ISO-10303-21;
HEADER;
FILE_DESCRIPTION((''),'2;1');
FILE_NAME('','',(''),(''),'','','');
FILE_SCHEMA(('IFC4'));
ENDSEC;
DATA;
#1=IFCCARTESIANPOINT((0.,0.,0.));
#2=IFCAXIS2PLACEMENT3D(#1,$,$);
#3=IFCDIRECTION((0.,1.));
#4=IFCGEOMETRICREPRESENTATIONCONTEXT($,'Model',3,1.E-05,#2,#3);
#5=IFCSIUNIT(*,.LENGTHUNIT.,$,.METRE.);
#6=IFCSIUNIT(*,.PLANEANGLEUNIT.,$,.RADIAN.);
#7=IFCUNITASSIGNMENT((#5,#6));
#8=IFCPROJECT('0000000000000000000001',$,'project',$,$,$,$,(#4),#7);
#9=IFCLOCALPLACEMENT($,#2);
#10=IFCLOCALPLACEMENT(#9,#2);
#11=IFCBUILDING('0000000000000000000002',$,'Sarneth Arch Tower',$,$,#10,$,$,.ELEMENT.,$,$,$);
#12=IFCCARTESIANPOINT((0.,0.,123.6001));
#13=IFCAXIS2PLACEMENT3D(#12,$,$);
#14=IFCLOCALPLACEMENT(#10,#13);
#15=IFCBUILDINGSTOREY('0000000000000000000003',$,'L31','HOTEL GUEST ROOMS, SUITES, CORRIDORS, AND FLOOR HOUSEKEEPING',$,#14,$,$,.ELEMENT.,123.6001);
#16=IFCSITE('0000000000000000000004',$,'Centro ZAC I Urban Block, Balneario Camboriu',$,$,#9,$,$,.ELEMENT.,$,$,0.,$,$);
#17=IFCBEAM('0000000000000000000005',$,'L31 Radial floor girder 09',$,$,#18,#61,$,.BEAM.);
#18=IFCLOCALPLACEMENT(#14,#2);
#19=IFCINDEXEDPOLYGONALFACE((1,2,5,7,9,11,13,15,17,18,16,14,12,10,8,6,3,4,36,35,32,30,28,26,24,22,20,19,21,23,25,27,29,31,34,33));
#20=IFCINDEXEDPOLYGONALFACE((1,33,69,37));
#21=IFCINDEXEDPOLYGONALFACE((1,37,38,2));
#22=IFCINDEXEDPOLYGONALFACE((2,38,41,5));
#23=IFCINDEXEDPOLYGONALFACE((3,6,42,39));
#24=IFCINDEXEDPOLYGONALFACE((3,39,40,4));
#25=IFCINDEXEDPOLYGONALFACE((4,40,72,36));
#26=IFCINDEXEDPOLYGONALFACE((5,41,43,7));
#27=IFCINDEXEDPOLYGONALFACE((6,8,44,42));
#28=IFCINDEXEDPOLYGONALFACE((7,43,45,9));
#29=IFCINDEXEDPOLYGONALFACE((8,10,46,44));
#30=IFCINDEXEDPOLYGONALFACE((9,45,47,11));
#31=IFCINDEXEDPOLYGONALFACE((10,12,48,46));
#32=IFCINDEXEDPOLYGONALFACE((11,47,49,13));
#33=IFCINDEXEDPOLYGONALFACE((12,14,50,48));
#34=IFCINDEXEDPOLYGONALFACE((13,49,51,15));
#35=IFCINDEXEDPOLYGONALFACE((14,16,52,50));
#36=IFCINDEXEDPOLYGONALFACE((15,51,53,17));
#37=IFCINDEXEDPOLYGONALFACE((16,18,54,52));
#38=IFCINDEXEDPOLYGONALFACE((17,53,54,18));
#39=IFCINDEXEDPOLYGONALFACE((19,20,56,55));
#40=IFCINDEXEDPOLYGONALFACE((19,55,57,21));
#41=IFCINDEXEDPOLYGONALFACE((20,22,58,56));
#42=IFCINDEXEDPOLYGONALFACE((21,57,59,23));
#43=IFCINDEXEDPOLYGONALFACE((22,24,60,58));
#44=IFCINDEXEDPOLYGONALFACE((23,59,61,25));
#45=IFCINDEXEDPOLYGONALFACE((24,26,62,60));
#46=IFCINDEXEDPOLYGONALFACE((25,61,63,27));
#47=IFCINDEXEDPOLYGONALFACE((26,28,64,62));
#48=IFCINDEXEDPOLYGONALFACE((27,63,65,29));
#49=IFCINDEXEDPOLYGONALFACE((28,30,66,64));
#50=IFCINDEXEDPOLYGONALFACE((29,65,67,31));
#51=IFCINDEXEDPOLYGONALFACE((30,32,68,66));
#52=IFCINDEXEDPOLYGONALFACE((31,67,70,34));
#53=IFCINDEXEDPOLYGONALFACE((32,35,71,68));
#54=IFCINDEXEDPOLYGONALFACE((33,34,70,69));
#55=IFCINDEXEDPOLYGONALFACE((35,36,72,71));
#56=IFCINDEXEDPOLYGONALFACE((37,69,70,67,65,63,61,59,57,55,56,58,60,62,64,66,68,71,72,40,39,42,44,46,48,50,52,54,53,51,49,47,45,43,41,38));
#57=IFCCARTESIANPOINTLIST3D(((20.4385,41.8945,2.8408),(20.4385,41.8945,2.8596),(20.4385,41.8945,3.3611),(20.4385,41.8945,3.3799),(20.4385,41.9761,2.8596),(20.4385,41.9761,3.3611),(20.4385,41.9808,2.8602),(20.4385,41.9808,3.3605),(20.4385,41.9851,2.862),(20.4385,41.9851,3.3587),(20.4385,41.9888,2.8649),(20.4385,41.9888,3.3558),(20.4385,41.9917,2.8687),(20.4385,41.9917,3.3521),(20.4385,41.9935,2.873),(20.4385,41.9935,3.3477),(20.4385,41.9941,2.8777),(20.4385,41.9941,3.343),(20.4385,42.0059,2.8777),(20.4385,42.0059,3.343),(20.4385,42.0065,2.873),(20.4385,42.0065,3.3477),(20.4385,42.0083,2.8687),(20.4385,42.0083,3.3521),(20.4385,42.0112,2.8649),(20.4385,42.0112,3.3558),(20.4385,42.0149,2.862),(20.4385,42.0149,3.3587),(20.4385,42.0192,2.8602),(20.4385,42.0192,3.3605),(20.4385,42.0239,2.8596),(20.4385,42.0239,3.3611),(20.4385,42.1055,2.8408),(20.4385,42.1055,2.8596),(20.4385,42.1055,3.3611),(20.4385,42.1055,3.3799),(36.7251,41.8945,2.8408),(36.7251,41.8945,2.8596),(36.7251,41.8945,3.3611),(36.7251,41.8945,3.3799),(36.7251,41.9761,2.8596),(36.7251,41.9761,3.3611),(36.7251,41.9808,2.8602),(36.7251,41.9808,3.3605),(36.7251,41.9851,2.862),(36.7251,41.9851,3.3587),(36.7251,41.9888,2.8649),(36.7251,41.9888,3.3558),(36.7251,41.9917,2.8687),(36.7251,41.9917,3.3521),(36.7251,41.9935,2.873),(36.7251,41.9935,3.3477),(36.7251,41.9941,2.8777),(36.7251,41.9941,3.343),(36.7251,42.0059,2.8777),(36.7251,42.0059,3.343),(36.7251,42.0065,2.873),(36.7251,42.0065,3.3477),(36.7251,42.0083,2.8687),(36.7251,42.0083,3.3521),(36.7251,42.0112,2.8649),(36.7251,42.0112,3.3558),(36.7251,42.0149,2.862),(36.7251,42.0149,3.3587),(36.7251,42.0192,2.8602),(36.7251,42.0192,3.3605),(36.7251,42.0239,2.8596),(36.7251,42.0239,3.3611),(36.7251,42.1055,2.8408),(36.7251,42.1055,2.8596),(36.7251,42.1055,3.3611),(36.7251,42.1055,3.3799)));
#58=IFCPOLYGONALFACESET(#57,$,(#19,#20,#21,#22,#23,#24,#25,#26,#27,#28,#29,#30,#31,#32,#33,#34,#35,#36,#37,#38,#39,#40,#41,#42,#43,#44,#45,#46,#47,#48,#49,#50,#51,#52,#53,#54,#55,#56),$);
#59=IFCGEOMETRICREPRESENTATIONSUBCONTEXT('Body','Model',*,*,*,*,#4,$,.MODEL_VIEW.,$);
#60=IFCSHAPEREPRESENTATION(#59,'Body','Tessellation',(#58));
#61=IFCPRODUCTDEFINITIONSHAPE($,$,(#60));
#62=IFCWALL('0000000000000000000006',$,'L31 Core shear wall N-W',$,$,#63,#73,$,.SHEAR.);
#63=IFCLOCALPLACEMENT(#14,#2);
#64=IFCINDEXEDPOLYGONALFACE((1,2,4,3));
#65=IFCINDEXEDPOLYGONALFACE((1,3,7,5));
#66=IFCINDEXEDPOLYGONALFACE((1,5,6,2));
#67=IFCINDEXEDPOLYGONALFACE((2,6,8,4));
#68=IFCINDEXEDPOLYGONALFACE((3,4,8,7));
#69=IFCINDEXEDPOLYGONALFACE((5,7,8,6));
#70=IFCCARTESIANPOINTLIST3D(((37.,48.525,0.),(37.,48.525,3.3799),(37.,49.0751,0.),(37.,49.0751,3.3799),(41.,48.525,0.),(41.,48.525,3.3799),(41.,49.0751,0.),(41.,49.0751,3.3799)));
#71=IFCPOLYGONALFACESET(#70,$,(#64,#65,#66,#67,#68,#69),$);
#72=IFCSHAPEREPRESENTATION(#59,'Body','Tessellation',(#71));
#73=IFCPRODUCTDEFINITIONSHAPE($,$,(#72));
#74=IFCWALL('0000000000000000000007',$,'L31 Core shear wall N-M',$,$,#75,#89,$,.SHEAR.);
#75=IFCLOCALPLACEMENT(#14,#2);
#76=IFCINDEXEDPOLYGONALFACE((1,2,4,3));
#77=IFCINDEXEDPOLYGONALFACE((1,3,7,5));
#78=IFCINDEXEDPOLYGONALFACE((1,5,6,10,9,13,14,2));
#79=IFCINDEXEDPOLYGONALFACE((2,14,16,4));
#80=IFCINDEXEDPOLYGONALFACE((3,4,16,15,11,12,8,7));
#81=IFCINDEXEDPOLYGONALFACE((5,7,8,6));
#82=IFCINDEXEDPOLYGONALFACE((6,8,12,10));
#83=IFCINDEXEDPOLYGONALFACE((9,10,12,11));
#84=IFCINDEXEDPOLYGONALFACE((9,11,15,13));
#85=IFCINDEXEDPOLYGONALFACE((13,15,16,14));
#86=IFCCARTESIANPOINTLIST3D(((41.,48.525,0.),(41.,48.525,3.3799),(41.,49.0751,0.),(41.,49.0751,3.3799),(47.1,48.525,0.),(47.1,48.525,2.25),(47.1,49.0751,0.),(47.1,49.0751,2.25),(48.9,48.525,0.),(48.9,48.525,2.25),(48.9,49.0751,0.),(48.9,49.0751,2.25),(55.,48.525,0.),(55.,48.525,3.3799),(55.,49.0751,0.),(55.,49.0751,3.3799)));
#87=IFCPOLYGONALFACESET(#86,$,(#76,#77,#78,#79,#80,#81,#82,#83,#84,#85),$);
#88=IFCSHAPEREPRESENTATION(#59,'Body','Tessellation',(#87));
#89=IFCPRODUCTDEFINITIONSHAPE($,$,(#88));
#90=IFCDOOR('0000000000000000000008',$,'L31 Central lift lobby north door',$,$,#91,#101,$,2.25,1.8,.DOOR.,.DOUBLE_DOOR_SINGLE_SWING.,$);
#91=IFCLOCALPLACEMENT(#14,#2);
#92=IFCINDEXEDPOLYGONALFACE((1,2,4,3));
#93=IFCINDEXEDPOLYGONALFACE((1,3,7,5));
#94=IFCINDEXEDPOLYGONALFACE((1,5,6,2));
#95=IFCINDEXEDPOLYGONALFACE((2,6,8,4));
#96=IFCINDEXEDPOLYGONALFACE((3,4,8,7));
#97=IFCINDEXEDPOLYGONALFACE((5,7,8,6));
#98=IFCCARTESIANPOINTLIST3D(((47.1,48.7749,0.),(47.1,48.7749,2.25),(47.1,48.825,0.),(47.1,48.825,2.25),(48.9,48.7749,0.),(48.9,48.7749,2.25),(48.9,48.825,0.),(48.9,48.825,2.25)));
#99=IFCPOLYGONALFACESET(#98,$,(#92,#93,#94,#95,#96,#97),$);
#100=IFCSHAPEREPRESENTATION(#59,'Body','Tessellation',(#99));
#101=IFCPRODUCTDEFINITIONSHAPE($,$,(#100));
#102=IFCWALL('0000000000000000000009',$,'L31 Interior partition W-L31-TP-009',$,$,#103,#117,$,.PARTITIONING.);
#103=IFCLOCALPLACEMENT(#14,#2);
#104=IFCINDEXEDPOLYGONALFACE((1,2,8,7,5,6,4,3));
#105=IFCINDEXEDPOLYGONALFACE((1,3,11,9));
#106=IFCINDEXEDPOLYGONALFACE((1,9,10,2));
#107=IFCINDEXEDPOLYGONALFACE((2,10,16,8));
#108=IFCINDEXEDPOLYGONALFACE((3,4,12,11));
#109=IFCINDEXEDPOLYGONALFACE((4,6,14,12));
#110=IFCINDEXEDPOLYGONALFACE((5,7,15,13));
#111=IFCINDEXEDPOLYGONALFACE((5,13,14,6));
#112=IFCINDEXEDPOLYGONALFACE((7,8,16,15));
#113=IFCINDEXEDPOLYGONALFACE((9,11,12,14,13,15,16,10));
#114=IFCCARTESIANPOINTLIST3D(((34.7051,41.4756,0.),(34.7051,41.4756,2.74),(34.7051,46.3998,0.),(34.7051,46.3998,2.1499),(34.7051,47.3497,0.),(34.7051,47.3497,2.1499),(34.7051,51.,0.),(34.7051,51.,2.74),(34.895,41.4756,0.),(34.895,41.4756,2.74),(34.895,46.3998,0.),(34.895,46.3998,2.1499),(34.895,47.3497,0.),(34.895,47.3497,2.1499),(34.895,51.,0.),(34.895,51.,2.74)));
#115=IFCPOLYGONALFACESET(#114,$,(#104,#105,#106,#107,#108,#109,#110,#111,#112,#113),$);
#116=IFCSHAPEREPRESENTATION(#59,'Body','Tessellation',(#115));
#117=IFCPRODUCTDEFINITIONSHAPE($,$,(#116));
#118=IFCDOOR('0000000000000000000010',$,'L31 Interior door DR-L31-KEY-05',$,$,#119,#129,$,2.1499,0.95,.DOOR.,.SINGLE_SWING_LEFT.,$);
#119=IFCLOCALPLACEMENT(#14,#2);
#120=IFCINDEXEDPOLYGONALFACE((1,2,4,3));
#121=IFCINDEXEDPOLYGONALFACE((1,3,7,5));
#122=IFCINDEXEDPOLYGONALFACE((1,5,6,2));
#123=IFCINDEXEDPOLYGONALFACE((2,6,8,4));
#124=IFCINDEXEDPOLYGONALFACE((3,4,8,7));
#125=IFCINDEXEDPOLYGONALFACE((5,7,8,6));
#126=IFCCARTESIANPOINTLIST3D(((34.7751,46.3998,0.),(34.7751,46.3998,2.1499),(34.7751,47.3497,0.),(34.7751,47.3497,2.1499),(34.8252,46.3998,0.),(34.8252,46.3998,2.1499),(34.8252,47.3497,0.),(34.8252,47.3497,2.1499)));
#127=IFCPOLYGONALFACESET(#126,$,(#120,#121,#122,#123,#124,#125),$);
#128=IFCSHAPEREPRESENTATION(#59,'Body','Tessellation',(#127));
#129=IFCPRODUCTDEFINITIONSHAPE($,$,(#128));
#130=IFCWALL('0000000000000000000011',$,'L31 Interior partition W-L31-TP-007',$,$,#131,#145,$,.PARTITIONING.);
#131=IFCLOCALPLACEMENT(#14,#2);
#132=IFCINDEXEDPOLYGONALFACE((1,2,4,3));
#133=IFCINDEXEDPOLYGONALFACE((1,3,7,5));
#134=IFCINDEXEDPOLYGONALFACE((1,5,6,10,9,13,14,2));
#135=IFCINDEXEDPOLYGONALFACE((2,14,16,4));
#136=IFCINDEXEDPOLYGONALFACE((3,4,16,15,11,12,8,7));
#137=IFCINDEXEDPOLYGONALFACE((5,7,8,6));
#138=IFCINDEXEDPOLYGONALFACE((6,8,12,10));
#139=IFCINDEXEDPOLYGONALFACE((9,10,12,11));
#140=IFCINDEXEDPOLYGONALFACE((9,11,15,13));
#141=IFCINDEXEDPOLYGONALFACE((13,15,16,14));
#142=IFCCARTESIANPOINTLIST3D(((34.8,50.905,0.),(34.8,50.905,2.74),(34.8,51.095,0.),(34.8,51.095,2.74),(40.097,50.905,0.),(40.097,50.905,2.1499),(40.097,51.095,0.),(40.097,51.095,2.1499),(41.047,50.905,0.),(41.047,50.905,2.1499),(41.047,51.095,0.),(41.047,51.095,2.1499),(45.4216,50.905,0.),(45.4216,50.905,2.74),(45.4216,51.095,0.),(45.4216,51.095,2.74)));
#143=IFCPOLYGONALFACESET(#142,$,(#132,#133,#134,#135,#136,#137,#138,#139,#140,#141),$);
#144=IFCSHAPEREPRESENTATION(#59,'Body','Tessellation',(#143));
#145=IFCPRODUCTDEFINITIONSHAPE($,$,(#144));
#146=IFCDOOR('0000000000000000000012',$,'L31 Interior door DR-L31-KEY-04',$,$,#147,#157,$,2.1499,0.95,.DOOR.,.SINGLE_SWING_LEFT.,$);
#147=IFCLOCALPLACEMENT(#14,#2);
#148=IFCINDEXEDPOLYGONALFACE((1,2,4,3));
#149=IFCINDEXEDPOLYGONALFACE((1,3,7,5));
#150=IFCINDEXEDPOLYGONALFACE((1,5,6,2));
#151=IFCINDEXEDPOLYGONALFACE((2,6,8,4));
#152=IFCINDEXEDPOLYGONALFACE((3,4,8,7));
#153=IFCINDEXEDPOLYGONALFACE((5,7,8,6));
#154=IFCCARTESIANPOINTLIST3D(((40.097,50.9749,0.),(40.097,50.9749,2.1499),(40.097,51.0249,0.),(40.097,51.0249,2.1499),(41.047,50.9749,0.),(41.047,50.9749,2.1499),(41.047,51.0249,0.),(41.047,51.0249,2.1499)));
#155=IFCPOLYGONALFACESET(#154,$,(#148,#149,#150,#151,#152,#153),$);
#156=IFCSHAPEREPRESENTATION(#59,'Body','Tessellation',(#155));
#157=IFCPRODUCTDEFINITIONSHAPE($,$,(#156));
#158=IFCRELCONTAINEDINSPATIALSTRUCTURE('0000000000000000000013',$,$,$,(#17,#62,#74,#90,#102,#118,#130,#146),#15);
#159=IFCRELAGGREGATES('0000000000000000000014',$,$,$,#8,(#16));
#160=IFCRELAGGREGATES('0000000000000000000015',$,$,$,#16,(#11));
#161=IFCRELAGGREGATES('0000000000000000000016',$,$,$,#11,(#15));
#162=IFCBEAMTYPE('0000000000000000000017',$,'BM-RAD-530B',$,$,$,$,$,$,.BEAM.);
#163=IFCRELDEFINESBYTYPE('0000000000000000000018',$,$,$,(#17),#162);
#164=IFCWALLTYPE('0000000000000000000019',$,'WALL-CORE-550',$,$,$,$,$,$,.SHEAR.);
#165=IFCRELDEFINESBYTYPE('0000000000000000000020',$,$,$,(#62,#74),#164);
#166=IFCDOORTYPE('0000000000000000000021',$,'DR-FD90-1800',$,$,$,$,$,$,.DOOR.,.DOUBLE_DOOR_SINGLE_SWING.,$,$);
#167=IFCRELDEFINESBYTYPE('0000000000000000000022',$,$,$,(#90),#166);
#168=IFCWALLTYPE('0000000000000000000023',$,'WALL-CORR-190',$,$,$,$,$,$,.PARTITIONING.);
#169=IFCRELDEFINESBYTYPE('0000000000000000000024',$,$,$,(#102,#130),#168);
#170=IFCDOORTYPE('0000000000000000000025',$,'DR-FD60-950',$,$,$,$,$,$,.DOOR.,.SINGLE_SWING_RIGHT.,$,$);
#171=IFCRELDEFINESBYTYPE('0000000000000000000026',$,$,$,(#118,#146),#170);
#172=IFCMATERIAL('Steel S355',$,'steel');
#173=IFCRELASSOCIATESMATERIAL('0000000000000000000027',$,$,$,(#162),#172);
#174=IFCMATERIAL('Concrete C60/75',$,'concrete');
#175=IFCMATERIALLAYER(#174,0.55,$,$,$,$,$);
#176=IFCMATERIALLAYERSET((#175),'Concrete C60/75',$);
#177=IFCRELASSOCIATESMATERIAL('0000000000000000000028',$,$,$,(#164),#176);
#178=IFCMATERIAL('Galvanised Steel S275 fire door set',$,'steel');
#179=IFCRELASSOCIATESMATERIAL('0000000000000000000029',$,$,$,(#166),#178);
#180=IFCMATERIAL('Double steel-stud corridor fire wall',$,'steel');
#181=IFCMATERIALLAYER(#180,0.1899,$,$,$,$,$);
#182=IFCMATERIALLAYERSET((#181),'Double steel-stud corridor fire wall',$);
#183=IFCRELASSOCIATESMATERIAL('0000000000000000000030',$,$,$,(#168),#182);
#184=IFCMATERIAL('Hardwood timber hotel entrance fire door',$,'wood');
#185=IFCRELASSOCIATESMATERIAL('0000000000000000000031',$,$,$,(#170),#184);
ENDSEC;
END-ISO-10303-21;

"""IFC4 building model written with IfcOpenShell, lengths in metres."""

from ifc_helpers import new_model, si_unit, direction, frame, frame_2d, origin, origin_2d, place, context, subcontext, project, spatial, rectangle, i_section, extrude, material, layer, layer_set, material_profile, profile_set, type_object, element, fill, save


model = new_model("IFC4")

# Units and contexts
model_context = context("Model", 3, precision=1e-05, world=origin(), true_north=direction((0.0, 1.0)))
body_context = subcontext(model_context, "Body", "Model", "MODEL_VIEW")
ifc_project = project(units=[si_unit("LENGTHUNIT", "METRE"), si_unit("PLANEANGLEUNIT", "RADIAN")], contexts=[model_context])

# Site, building, storey
site_placement = place(None, origin())
site = spatial("IfcSite", under=ifc_project, at=site_placement, Name="Centro ZAC I Urban Block, Balneario Camboriu", CompositionType="ELEMENT", RefElevation=0.0)
building_placement = place(site_placement, origin())
building = spatial("IfcBuilding", under=site, at=building_placement, Name="Sarneth Arch Tower", CompositionType="ELEMENT")
storey_placement = place(building_placement, frame((0.0, 0.0, 123.6001)))
storey = spatial("IfcBuildingStorey", under=building, at=storey_placement, Name="L31", Description="HOTEL GUEST ROOMS, SUITES, CORRIDORS, AND FLOOR HOUSEKEEPING", CompositionType="ELEMENT", Elevation=123.6001)

# Beam
ifc_material_1 = material(Name="Steel S355", Category="steel")
ifc_material_profile = material_profile(ifc_material_1, i_section(OverallWidth=0.2109, OverallDepth=0.5391, WebThickness=0.0117, FlangeThickness=0.0188, FilletRadius=0.0181, at=origin_2d()), Name="W530x109")
ifc_profile_set = profile_set([ifc_material_profile], Name="Steel S355")
beam_type = type_object("IfcBeamType", Name="BM-RAD-530B", PredefinedType="BEAM", material=ifc_profile_set)
beam_1_placement = place(storey_placement, frame((36.7251, 42.0, 3.1104), z_axis=(-1.0, 0.0, 0.0), x_axis=(0.0, -1.0, 0.0)))
element("IfcBeam", 1, at=beam_1_placement, inside=storey, type_object=beam_type, Name="L31 Radial floor girder 09", PredefinedType="BEAM", context=body_context, shape_type="SweptSolid", body=[
    extrude(i_section(OverallWidth=0.2109, OverallDepth=0.5391, WebThickness=0.0117, FlangeThickness=0.0188, FilletRadius=0.0181, at=origin_2d()), origin(), (0.0, 0.0, 1.0), 16.2866),
])

# Wall
ifc_material_2 = material(Name="Concrete C60/75", Category="concrete")
ifc_layer_1 = layer(ifc_material_2, 0.55)
ifc_layer_set_1 = layer_set([ifc_layer_1], Name="Concrete C60/75")
wall_type_1 = type_object("IfcWallType", Name="WALL-CORE-550", PredefinedType="SHEAR", material=ifc_layer_set_1)
wall_1_placement = place(storey_placement, frame((37.0, 48.8, 0.0), z_axis=(0.0, 0.0, 1.0), x_axis=(1.0, 0.0, 0.0)))
element("IfcWall", 2, at=wall_1_placement, inside=storey, type_object=wall_type_1, Name="L31 Core shear wall N-W", PredefinedType="SHEAR", context=body_context, shape_type="SweptSolid", body=[
    extrude(rectangle(XDim=4.0, YDim=0.55, at=frame_2d((2.0, 0.0))), origin(), (0.0, 0.0, 1.0), 3.3799),
])

# Walls, openings, doors
wall_2_placement = place(storey_placement, frame((41.0, 48.8, 0.0), z_axis=(0.0, 0.0, 1.0), x_axis=(1.0, 0.0, 0.0)))
wall_2 = element("IfcWall", 3, at=wall_2_placement, inside=storey, type_object=wall_type_1, Name="L31 Core shear wall N-M", PredefinedType="SHEAR", context=body_context, shape_type="SweptSolid", body=[
    extrude(rectangle(XDim=14.0, YDim=0.55, at=frame_2d((7.0, 0.0))), origin(), (0.0, 0.0, 1.0), 3.3799),
])
opening_1_placement = place(wall_2_placement, frame((6.1001, 0.0, 0.0)))
opening_1 = element("IfcOpeningElement", 4, at=opening_1_placement, cuts=wall_2, PredefinedType="OPENING", context=body_context, shape_type="SweptSolid", body=[
    extrude(rectangle(XDim=1.8, YDim=2.25, at=frame_2d((0.8999, 1.125))), frame((0.0, 0.2849, 0.0), z_axis=(0.0, -1.0, 0.0), x_axis=(1.0, 0.0, 0.0)), (0.0, 0.0, 1.0), 0.5701),
])
ifc_material_3 = material(Name="Galvanised Steel S275 fire door set", Category="steel")
door_type_1 = type_object("IfcDoorType", Name="DR-FD90-1800", OperationType="DOUBLE_DOOR_SINGLE_SWING", PredefinedType="DOOR", material=ifc_material_3)
door_1_placement = place(opening_1_placement, origin())
door_1 = element("IfcDoor", 5, at=door_1_placement, inside=storey, type_object=door_type_1, Name="L31 Central lift lobby north door", OperationType="DOUBLE_DOOR_SINGLE_SWING", OverallHeight=2.25, OverallWidth=1.8, PredefinedType="DOOR", context=body_context, shape_type="SweptSolid", body=[
    extrude(rectangle(XDim=1.8, YDim=2.25, at=frame_2d((0.8999, 1.125))), frame((0.0, 0.0249, 0.0), z_axis=(0.0, -1.0, 0.0), x_axis=(1.0, 0.0, 0.0)), (0.0, 0.0, 1.0), 0.05),
])
fill(opening_1, door_1)
ifc_material_4 = material(Name="Double steel-stud corridor fire wall", Category="steel")
ifc_layer_2 = layer(ifc_material_4, 0.1899)
ifc_layer_set_2 = layer_set([ifc_layer_2], Name="Double steel-stud corridor fire wall")
wall_type_2 = type_object("IfcWallType", Name="WALL-CORR-190", PredefinedType="PARTITIONING", material=ifc_layer_set_2)
wall_3_placement = place(storey_placement, frame((34.8, 41.4756, 0.0), z_axis=(0.0, 0.0, 1.0), x_axis=(0.0, 1.0, 0.0)))
wall_3 = element("IfcWall", 6, at=wall_3_placement, inside=storey, type_object=wall_type_2, Name="L31 Interior partition W-L31-TP-009", PredefinedType="PARTITIONING", context=body_context, shape_type="SweptSolid", body=[
    extrude(rectangle(XDim=9.5244, YDim=0.1899, at=frame_2d((4.7622, 0.0))), origin(), (0.0, 0.0, 1.0), 2.74),
])
opening_2_placement = place(wall_3_placement, frame((4.9241, 0.0, 0.0)))
opening_2 = element("IfcOpeningElement", 7, at=opening_2_placement, cuts=wall_3, PredefinedType="OPENING", context=body_context, shape_type="SweptSolid", body=[
    extrude(rectangle(XDim=0.95, YDim=2.1499, at=frame_2d((0.4751, 1.075))), frame((0.0, 0.105, 0.0), z_axis=(0.0, -1.0, 0.0), x_axis=(1.0, 0.0, 0.0)), (0.0, 0.0, 1.0), 0.21),
])
ifc_material_5 = material(Name="Hardwood timber hotel entrance fire door", Category="wood")
door_type_2 = type_object("IfcDoorType", Name="DR-FD60-950", OperationType="SINGLE_SWING_RIGHT", PredefinedType="DOOR", material=ifc_material_5)
door_2_placement = place(opening_2_placement, origin())
door_2 = element("IfcDoor", 8, at=door_2_placement, inside=storey, type_object=door_type_2, Name="L31 Interior door DR-L31-KEY-05", OperationType="SINGLE_SWING_LEFT", OverallHeight=2.1499, OverallWidth=0.95, PredefinedType="DOOR", context=body_context, shape_type="SweptSolid", body=[
    extrude(rectangle(XDim=0.95, YDim=2.1499, at=frame_2d((0.4751, 1.075))), frame((0.0, 0.0249, 0.0), z_axis=(0.0, -1.0, 0.0), x_axis=(1.0, 0.0, 0.0)), (0.0, 0.0, 1.0), 0.05),
])
fill(opening_2, door_2)
wall_4_placement = place(storey_placement, frame((34.8, 51.0, 0.0), z_axis=(0.0, 0.0, 1.0), x_axis=(1.0, 0.0, 0.0)))
wall_4 = element("IfcWall", 9, at=wall_4_placement, inside=storey, type_object=wall_type_2, Name="L31 Interior partition W-L31-TP-007", PredefinedType="PARTITIONING", context=body_context, shape_type="SweptSolid", body=[
    extrude(rectangle(XDim=10.6216, YDim=0.1899, at=frame_2d((5.3108, 0.0))), origin(), (0.0, 0.0, 1.0), 2.74),
])
opening_3_placement = place(wall_4_placement, frame((5.2969, 0.0, 0.0)))
opening_3 = element("IfcOpeningElement", 10, at=opening_3_placement, cuts=wall_4, PredefinedType="OPENING", context=body_context, shape_type="SweptSolid", body=[
    extrude(rectangle(XDim=0.95, YDim=2.1499, at=frame_2d((0.4751, 1.075))), frame((0.0, 0.105, 0.0), z_axis=(0.0, -1.0, 0.0), x_axis=(1.0, 0.0, 0.0)), (0.0, 0.0, 1.0), 0.21),
])
door_3_placement = place(opening_3_placement, origin())
door_3 = element("IfcDoor", 11, at=door_3_placement, inside=storey, type_object=door_type_2, Name="L31 Interior door DR-L31-KEY-04", OperationType="SINGLE_SWING_LEFT", OverallHeight=2.1499, OverallWidth=0.95, PredefinedType="DOOR", context=body_context, shape_type="SweptSolid", body=[
    extrude(rectangle(XDim=0.95, YDim=2.1499, at=frame_2d((0.4751, 1.075))), frame((0.0, 0.0249, 0.0), z_axis=(0.0, -1.0, 0.0), x_axis=(1.0, 0.0, 0.0)), (0.0, 0.0, 1.0), 0.05),
])
fill(opening_3, door_3)

save(model, "model.ifc")
